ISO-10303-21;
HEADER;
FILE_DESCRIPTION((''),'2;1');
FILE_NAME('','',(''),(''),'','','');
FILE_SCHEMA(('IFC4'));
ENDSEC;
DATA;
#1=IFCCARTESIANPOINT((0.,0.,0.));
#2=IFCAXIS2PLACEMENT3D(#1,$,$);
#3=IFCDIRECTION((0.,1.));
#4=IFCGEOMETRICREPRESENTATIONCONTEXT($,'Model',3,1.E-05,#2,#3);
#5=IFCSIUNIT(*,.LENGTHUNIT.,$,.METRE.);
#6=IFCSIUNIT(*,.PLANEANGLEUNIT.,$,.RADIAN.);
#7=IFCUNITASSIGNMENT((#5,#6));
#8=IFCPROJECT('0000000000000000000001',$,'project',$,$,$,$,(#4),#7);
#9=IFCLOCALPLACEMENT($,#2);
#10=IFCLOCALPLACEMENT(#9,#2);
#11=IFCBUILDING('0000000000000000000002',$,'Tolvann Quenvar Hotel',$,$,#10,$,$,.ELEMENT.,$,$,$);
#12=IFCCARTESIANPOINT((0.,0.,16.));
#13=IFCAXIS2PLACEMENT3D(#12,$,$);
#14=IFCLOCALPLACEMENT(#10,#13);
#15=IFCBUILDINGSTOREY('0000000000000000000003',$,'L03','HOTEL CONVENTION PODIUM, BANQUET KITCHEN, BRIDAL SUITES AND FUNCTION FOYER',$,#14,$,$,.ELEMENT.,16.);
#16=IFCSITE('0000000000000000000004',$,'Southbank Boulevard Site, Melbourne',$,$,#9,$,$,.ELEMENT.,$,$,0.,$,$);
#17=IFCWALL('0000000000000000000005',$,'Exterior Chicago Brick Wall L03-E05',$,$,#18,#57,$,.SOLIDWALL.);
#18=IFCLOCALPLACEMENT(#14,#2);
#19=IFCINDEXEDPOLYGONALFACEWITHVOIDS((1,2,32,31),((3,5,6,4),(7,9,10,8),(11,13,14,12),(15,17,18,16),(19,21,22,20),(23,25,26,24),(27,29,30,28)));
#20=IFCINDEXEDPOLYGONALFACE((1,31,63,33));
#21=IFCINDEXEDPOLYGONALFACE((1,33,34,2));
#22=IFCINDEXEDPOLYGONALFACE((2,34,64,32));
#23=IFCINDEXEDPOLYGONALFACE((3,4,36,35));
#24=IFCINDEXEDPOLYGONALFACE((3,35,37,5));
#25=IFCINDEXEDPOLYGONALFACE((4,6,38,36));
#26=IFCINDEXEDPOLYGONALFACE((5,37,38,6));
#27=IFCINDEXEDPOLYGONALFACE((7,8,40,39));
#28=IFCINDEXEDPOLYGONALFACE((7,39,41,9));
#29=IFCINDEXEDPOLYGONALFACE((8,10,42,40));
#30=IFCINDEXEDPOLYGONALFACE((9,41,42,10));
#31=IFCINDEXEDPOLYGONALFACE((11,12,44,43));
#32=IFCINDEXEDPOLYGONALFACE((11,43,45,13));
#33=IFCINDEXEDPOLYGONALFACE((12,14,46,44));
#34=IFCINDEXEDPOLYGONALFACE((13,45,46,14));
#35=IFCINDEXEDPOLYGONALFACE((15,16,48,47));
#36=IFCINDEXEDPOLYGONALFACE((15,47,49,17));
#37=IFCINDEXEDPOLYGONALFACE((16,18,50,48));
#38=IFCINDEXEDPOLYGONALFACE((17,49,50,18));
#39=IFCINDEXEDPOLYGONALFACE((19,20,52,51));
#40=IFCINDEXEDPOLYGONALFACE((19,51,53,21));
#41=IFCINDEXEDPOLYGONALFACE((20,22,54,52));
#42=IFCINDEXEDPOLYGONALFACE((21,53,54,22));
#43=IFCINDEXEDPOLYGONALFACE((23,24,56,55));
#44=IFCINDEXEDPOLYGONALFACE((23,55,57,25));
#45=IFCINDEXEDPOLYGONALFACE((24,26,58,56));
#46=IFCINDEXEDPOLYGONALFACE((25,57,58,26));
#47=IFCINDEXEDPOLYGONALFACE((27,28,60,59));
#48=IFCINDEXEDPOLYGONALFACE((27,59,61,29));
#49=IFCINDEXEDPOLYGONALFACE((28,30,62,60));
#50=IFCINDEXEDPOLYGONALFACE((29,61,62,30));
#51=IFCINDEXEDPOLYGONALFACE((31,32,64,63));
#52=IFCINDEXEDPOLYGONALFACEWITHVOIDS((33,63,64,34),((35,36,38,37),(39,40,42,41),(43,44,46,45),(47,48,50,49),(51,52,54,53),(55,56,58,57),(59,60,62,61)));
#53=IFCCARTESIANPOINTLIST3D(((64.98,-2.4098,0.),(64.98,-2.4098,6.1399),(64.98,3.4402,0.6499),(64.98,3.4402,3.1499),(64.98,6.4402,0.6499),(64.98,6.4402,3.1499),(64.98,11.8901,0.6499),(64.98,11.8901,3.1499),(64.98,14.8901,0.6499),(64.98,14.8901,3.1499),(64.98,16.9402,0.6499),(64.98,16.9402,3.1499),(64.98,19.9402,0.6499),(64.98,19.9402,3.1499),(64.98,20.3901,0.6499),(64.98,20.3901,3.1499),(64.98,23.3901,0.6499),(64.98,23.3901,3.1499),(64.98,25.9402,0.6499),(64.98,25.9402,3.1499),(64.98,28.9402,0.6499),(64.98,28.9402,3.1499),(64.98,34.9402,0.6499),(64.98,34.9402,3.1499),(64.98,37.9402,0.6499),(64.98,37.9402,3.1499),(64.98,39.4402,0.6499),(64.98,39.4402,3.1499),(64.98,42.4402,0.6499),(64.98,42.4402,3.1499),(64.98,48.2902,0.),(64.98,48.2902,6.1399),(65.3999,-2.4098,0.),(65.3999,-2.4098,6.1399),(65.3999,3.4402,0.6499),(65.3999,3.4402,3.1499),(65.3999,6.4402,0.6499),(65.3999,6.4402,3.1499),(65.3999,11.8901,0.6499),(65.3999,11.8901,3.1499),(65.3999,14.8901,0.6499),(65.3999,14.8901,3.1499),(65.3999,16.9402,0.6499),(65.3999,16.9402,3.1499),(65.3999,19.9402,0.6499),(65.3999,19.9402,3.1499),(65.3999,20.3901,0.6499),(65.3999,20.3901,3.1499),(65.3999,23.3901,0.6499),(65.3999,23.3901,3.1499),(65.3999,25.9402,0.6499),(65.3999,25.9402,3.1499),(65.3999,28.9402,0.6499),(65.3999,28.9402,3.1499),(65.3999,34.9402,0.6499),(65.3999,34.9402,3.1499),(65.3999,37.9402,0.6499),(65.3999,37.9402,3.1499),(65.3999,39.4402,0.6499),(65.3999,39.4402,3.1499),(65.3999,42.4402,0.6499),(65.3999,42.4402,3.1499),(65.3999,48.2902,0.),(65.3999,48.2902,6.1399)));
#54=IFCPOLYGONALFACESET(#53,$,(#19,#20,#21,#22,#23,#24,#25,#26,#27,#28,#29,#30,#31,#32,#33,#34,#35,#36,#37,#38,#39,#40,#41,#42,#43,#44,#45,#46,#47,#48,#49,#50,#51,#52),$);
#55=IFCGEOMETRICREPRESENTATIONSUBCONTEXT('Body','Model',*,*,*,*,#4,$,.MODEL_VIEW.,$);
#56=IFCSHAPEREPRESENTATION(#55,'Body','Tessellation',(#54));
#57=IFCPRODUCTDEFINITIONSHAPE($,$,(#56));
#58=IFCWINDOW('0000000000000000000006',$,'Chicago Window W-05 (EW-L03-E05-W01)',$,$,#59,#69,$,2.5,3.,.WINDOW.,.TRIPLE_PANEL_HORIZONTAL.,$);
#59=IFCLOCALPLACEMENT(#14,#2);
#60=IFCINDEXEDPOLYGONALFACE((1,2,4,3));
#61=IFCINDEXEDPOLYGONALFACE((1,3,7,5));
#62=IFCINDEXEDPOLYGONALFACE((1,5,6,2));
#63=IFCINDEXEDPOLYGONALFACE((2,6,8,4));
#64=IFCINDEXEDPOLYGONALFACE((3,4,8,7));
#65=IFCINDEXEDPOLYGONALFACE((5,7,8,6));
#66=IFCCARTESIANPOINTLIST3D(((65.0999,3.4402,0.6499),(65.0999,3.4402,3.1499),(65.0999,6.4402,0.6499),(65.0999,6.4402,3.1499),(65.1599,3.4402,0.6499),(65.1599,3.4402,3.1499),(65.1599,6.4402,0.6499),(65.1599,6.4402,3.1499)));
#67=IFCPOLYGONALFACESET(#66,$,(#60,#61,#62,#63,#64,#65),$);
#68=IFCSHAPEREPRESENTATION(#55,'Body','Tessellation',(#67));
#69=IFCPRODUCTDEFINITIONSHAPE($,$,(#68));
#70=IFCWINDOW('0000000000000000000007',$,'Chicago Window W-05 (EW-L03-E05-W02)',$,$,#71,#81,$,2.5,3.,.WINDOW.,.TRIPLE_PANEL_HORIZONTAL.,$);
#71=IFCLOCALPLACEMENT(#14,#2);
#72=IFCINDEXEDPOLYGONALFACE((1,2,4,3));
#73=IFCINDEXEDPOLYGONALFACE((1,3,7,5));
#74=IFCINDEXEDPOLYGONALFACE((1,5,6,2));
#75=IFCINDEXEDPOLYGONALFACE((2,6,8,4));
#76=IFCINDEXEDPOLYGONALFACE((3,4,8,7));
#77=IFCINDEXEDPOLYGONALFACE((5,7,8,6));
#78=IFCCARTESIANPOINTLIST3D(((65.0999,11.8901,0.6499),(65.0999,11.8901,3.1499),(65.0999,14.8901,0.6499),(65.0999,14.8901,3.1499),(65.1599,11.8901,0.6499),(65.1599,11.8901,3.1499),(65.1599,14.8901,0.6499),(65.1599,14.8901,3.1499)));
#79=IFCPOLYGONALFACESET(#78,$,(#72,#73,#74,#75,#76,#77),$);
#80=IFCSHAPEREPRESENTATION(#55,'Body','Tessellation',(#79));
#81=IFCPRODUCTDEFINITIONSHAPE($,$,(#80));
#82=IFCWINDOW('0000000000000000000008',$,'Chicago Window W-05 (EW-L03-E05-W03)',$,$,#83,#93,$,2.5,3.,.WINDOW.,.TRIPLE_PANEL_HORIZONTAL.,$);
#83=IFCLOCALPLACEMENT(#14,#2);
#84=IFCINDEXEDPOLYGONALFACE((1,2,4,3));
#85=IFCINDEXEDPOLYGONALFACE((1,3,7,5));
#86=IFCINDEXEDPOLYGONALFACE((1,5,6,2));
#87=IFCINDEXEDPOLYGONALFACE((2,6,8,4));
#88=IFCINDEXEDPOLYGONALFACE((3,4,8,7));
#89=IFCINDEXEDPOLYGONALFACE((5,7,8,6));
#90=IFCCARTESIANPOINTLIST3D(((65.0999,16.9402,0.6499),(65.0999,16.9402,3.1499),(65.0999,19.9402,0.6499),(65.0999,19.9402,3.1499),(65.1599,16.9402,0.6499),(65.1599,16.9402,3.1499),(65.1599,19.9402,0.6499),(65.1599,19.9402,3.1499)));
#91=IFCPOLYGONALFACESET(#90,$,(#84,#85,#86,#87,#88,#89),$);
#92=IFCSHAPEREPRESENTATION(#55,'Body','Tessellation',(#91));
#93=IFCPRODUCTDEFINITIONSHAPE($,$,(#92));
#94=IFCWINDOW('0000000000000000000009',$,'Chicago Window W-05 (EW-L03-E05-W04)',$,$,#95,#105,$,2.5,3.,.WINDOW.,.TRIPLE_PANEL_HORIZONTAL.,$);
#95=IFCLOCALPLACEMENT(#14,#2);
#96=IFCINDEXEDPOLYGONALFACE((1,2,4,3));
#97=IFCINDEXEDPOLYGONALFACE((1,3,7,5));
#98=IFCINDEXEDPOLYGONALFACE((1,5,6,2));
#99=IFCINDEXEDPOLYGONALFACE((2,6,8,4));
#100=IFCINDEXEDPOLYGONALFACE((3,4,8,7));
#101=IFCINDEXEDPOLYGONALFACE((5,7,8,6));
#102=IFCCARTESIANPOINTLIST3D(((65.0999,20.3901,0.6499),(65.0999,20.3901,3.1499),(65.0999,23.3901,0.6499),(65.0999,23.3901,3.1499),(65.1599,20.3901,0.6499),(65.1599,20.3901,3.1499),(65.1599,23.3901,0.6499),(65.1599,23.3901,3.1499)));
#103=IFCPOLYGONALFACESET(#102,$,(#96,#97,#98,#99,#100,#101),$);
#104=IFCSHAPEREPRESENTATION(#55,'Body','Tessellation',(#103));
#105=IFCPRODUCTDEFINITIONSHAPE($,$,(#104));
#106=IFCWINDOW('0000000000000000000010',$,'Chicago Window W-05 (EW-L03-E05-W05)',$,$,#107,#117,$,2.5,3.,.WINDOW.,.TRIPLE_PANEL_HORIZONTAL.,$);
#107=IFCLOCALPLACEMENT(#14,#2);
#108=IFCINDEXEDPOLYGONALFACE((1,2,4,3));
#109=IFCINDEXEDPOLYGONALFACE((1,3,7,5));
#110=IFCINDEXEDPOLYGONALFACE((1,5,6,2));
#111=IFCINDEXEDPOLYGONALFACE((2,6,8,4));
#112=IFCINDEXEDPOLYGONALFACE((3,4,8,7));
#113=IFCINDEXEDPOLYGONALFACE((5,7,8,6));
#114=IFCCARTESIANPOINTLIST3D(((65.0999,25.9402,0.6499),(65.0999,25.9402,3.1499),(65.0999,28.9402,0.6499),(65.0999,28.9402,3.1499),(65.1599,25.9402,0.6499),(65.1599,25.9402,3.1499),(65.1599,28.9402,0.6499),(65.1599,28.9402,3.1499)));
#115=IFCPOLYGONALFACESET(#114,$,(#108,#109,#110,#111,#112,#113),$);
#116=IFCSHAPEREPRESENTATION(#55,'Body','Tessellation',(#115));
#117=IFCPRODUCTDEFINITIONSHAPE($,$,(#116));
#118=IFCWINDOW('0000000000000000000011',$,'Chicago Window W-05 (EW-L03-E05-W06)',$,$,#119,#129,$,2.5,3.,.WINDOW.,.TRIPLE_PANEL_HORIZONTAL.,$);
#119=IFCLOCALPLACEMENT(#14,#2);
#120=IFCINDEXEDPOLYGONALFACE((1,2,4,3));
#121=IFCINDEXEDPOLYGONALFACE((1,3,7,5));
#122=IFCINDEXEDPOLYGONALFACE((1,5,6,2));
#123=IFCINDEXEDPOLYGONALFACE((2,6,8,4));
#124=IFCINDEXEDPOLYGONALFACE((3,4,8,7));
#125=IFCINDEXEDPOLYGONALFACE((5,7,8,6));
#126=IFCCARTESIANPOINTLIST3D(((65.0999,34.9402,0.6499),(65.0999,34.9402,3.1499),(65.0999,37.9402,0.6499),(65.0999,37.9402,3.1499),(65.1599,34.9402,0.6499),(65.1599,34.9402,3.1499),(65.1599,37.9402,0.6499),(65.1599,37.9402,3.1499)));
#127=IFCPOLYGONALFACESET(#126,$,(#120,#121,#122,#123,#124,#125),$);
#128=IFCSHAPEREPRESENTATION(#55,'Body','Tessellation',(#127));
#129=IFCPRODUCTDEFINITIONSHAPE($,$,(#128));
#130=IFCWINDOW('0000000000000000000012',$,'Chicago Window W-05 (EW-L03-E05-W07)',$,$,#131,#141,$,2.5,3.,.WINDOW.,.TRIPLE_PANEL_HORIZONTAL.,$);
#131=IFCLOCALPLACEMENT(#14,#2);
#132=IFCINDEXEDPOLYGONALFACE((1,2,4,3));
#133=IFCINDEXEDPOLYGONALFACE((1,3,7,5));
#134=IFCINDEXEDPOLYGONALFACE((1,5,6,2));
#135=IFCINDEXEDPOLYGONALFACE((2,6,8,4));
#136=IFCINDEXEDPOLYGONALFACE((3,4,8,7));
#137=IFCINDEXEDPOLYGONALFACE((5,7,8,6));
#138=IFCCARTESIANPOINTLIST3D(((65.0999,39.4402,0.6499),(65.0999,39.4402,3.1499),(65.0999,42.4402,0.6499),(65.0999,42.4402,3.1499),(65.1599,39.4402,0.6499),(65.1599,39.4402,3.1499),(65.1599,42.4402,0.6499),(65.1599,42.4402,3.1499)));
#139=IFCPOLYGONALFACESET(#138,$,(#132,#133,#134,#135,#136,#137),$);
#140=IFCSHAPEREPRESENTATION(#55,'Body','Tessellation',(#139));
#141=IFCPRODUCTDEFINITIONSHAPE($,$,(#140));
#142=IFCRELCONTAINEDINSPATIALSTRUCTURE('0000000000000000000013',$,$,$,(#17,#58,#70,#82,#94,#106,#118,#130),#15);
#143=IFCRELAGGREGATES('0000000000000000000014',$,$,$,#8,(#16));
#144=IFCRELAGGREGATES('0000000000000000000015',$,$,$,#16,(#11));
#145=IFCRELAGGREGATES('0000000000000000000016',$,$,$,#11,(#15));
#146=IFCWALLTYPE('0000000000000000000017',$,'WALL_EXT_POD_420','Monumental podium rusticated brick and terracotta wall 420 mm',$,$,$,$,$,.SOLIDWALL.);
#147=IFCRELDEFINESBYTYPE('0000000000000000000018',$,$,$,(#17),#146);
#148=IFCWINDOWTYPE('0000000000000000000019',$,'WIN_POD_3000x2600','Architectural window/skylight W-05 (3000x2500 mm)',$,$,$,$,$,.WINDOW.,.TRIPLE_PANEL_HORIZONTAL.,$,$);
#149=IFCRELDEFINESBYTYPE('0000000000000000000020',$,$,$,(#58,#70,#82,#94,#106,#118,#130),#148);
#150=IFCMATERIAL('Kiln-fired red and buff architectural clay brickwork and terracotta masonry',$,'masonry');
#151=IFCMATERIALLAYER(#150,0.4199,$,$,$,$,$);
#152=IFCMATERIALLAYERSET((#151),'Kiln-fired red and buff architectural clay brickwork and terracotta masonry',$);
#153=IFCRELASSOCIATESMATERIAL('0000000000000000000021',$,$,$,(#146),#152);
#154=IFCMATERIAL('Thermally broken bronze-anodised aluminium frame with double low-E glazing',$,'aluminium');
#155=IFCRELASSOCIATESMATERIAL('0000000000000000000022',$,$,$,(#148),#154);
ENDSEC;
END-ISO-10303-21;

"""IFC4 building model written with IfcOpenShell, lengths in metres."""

from ifc_helpers import new_model, si_unit, direction, frame, frame_2d, origin, place, context, subcontext, project, spatial, rectangle, extrude, source, transform, mapped, material, layer, layer_set, type_object, type_shapes, element, fill, save


model = new_model("IFC4")

# Units and contexts
model_context = context("Model", 3, precision=1e-05, world=origin(), true_north=direction((0.0, 1.0)))
body_context = subcontext(model_context, "Body", "Model", "MODEL_VIEW")
ifc_project = project(units=[si_unit("LENGTHUNIT", "METRE"), si_unit("PLANEANGLEUNIT", "RADIAN")], contexts=[model_context])

# Site, building, storey
site_placement = place(None, origin())
site = spatial("IfcSite", under=ifc_project, at=site_placement, Name="Southbank Boulevard Site, Melbourne", CompositionType="ELEMENT", RefElevation=0.0)
building_placement = place(site_placement, origin())
building = spatial("IfcBuilding", under=site, at=building_placement, Name="Tolvann Quenvar Hotel", CompositionType="ELEMENT")
storey_placement = place(building_placement, frame((0.0, 0.0, 16.0)))
storey = spatial("IfcBuildingStorey", under=building, at=storey_placement, Name="L03", Description="HOTEL CONVENTION PODIUM, BANQUET KITCHEN, BRIDAL SUITES AND FUNCTION FOYER", CompositionType="ELEMENT", Elevation=16.0)

# Wall, openings, windows
ifc_material_1 = material(Name="Kiln-fired red and buff architectural clay brickwork and terracotta masonry", Category="masonry")
ifc_layer_1 = layer(ifc_material_1, 0.4199)
ifc_layer_set_1 = layer_set([ifc_layer_1], Name="Kiln-fired red and buff architectural clay brickwork and terracotta masonry")
wall_type = type_object("IfcWallType", Name="WALL_EXT_POD_420", Description="Monumental podium rusticated brick and terracotta wall 420 mm", PredefinedType="SOLIDWALL", material=ifc_layer_set_1)
wall_placement = place(storey_placement, frame((65.1899, -2.4099, 0.0), z_axis=(0.0, 0.0, 1.0), x_axis=(0.0, 1.0, 0.0)))
wall = element("IfcWall", 1, at=wall_placement, inside=storey, type_object=wall_type, Name="Exterior Chicago Brick Wall L03-E05", PredefinedType="SOLIDWALL", context=body_context, shape_type="SweptSolid", body=[
    extrude(rectangle(XDim=50.7, YDim=0.4199, at=frame_2d((25.3501, 0.0))), origin(), (0.0, 0.0, 1.0), 6.1399),
])
opening_1_placement = place(wall_placement, frame((5.8501, 0.0, 0.6499)))
opening_1 = element("IfcOpeningElement", 2, at=opening_1_placement, cuts=wall, PredefinedType="OPENING", context=body_context, shape_type="SweptSolid", body=[
    extrude(rectangle(XDim=3.0, YDim=2.5, at=frame_2d((1.5, 1.25))), frame((0.0, 0.22, 0.0), z_axis=(0.0, -1.0, 0.0), x_axis=(1.0, 0.0, 0.0)), (0.0, 0.0, 1.0), 0.4399),
])
opening_2_placement = place(wall_placement, frame((14.3, 0.0, 0.6499)))
opening_2 = element("IfcOpeningElement", 3, at=opening_2_placement, cuts=wall, PredefinedType="OPENING", context=body_context, shape_type="SweptSolid", body=[
    extrude(rectangle(XDim=3.0, YDim=2.5, at=frame_2d((1.5, 1.25))), frame((0.0, 0.22, 0.0), z_axis=(0.0, -1.0, 0.0), x_axis=(1.0, 0.0, 0.0)), (0.0, 0.0, 1.0), 0.4399),
])
opening_3_placement = place(wall_placement, frame((19.3501, 0.0, 0.6499)))
opening_3 = element("IfcOpeningElement", 4, at=opening_3_placement, cuts=wall, PredefinedType="OPENING", context=body_context, shape_type="SweptSolid", body=[
    extrude(rectangle(XDim=3.0, YDim=2.5, at=frame_2d((1.5, 1.25))), frame((0.0, 0.22, 0.0), z_axis=(0.0, -1.0, 0.0), x_axis=(1.0, 0.0, 0.0)), (0.0, 0.0, 1.0), 0.4399),
])
opening_4_placement = place(wall_placement, frame((22.8, 0.0, 0.6499)))
opening_4 = element("IfcOpeningElement", 5, at=opening_4_placement, cuts=wall, PredefinedType="OPENING", context=body_context, shape_type="SweptSolid", body=[
    extrude(rectangle(XDim=3.0, YDim=2.5, at=frame_2d((1.5, 1.25))), frame((0.0, 0.22, 0.0), z_axis=(0.0, -1.0, 0.0), x_axis=(1.0, 0.0, 0.0)), (0.0, 0.0, 1.0), 0.4399),
])
opening_5_placement = place(wall_placement, frame((28.3501, 0.0, 0.6499)))
opening_5 = element("IfcOpeningElement", 6, at=opening_5_placement, cuts=wall, PredefinedType="OPENING", context=body_context, shape_type="SweptSolid", body=[
    extrude(rectangle(XDim=3.0, YDim=2.5, at=frame_2d((1.5, 1.25))), frame((0.0, 0.22, 0.0), z_axis=(0.0, -1.0, 0.0), x_axis=(1.0, 0.0, 0.0)), (0.0, 0.0, 1.0), 0.4399),
])
opening_6_placement = place(wall_placement, frame((37.3501, 0.0, 0.6499)))
opening_6 = element("IfcOpeningElement", 7, at=opening_6_placement, cuts=wall, PredefinedType="OPENING", context=body_context, shape_type="SweptSolid", body=[
    extrude(rectangle(XDim=3.0, YDim=2.5, at=frame_2d((1.5, 1.25))), frame((0.0, 0.22, 0.0), z_axis=(0.0, -1.0, 0.0), x_axis=(1.0, 0.0, 0.0)), (0.0, 0.0, 1.0), 0.4399),
])
opening_7_placement = place(wall_placement, frame((41.8501, 0.0, 0.6499)))
opening_7 = element("IfcOpeningElement", 8, at=opening_7_placement, cuts=wall, PredefinedType="OPENING", context=body_context, shape_type="SweptSolid", body=[
    extrude(rectangle(XDim=3.0, YDim=2.5, at=frame_2d((1.5, 1.25))), frame((0.0, 0.22, 0.0), z_axis=(0.0, -1.0, 0.0), x_axis=(1.0, 0.0, 0.0)), (0.0, 0.0, 1.0), 0.4399),
])
ifc_material_2 = material(Name="Thermally broken bronze-anodised aluminium frame with double low-E glazing", Category="aluminium")
window_type = type_object("IfcWindowType", Name="WIN_POD_3000x2600", Description="Architectural window/skylight W-05 (3000x2500 mm)", PartitioningType="TRIPLE_PANEL_HORIZONTAL", PredefinedType="WINDOW", material=ifc_material_2)
shared_shape_1 = source(origin(), body_context, "Body", "SweptSolid", [
    extrude(rectangle(XDim=3.0, YDim=2.5, at=frame_2d((1.5, 1.25))), frame((0.0, 0.0901, 0.0), z_axis=(0.0, -1.0, 0.0), x_axis=(1.0, 0.0, 0.0)), (0.0, 0.0, 1.0), 0.0601),
])
type_shapes(window_type, [shared_shape_1])
window_1_placement = place(opening_1_placement, origin())
window_1 = element("IfcWindow", 9, at=window_1_placement, inside=storey, type_object=window_type, Name="Chicago Window W-05 (EW-L03-E05-W01)", OverallHeight=2.5, OverallWidth=3.0, PartitioningType="TRIPLE_PANEL_HORIZONTAL", PredefinedType="WINDOW", context=body_context, shape_type="MappedRepresentation", body=[
    mapped(shared_shape_1, transform((0.0, 0.0, 0.0), x_axis=(1.0, 0.0, 0.0), y_axis=(0.0, 1.0, 0.0), z_axis=(0.0, 0.0, 1.0), scale=1.0)),
])
fill(opening_1, window_1)
window_2_placement = place(opening_2_placement, origin())
window_2 = element("IfcWindow", 10, at=window_2_placement, inside=storey, type_object=window_type, Name="Chicago Window W-05 (EW-L03-E05-W02)", OverallHeight=2.5, OverallWidth=3.0, PartitioningType="TRIPLE_PANEL_HORIZONTAL", PredefinedType="WINDOW", context=body_context, shape_type="MappedRepresentation", body=[
    mapped(shared_shape_1, transform((0.0, 0.0, 0.0), x_axis=(1.0, 0.0, 0.0), y_axis=(0.0, 1.0, 0.0), z_axis=(0.0, 0.0, 1.0), scale=1.0)),
])
fill(opening_2, window_2)
window_3_placement = place(opening_3_placement, origin())
window_3 = element("IfcWindow", 11, at=window_3_placement, inside=storey, type_object=window_type, Name="Chicago Window W-05 (EW-L03-E05-W03)", OverallHeight=2.5, OverallWidth=3.0, PartitioningType="TRIPLE_PANEL_HORIZONTAL", PredefinedType="WINDOW", context=body_context, shape_type="MappedRepresentation", body=[
    mapped(shared_shape_1, transform((0.0, 0.0, 0.0), x_axis=(1.0, 0.0, 0.0), y_axis=(0.0, 1.0, 0.0), z_axis=(0.0, 0.0, 1.0), scale=1.0)),
])
fill(opening_3, window_3)
window_4_placement = place(opening_4_placement, origin())
window_4 = element("IfcWindow", 12, at=window_4_placement, inside=storey, type_object=window_type, Name="Chicago Window W-05 (EW-L03-E05-W04)", OverallHeight=2.5, OverallWidth=3.0, PartitioningType="TRIPLE_PANEL_HORIZONTAL", PredefinedType="WINDOW", context=body_context, shape_type="MappedRepresentation", body=[
    mapped(shared_shape_1, transform((0.0, 0.0, 0.0), x_axis=(1.0, 0.0, 0.0), y_axis=(0.0, 1.0, 0.0), z_axis=(0.0, 0.0, 1.0), scale=1.0)),
])
fill(opening_4, window_4)
window_5_placement = place(opening_5_placement, origin())
window_5 = element("IfcWindow", 13, at=window_5_placement, inside=storey, type_object=window_type, Name="Chicago Window W-05 (EW-L03-E05-W05)", OverallHeight=2.5, OverallWidth=3.0, PartitioningType="TRIPLE_PANEL_HORIZONTAL", PredefinedType="WINDOW", context=body_context, shape_type="MappedRepresentation", body=[
    mapped(shared_shape_1, transform((0.0, 0.0, 0.0), x_axis=(1.0, 0.0, 0.0), y_axis=(0.0, 1.0, 0.0), z_axis=(0.0, 0.0, 1.0), scale=1.0)),
])
fill(opening_5, window_5)
window_6_placement = place(opening_6_placement, origin())
window_6 = element("IfcWindow", 14, at=window_6_placement, inside=storey, type_object=window_type, Name="Chicago Window W-05 (EW-L03-E05-W06)", OverallHeight=2.5, OverallWidth=3.0, PartitioningType="TRIPLE_PANEL_HORIZONTAL", PredefinedType="WINDOW", context=body_context, shape_type="MappedRepresentation", body=[
    mapped(shared_shape_1, transform((0.0, 0.0, 0.0), x_axis=(1.0, 0.0, 0.0), y_axis=(0.0, 1.0, 0.0), z_axis=(0.0, 0.0, 1.0), scale=1.0)),
])
fill(opening_6, window_6)
window_7_placement = place(opening_7_placement, origin())
window_7 = element("IfcWindow", 15, at=window_7_placement, inside=storey, type_object=window_type, Name="Chicago Window W-05 (EW-L03-E05-W07)", OverallHeight=2.5, OverallWidth=3.0, PartitioningType="TRIPLE_PANEL_HORIZONTAL", PredefinedType="WINDOW", context=body_context, shape_type="MappedRepresentation", body=[
    mapped(shared_shape_1, transform((0.0, 0.0, 0.0), x_axis=(1.0, 0.0, 0.0), y_axis=(0.0, 1.0, 0.0), z_axis=(0.0, 0.0, 1.0), scale=1.0)),
])
fill(opening_7, window_7)

save(model, "model.ifc")
